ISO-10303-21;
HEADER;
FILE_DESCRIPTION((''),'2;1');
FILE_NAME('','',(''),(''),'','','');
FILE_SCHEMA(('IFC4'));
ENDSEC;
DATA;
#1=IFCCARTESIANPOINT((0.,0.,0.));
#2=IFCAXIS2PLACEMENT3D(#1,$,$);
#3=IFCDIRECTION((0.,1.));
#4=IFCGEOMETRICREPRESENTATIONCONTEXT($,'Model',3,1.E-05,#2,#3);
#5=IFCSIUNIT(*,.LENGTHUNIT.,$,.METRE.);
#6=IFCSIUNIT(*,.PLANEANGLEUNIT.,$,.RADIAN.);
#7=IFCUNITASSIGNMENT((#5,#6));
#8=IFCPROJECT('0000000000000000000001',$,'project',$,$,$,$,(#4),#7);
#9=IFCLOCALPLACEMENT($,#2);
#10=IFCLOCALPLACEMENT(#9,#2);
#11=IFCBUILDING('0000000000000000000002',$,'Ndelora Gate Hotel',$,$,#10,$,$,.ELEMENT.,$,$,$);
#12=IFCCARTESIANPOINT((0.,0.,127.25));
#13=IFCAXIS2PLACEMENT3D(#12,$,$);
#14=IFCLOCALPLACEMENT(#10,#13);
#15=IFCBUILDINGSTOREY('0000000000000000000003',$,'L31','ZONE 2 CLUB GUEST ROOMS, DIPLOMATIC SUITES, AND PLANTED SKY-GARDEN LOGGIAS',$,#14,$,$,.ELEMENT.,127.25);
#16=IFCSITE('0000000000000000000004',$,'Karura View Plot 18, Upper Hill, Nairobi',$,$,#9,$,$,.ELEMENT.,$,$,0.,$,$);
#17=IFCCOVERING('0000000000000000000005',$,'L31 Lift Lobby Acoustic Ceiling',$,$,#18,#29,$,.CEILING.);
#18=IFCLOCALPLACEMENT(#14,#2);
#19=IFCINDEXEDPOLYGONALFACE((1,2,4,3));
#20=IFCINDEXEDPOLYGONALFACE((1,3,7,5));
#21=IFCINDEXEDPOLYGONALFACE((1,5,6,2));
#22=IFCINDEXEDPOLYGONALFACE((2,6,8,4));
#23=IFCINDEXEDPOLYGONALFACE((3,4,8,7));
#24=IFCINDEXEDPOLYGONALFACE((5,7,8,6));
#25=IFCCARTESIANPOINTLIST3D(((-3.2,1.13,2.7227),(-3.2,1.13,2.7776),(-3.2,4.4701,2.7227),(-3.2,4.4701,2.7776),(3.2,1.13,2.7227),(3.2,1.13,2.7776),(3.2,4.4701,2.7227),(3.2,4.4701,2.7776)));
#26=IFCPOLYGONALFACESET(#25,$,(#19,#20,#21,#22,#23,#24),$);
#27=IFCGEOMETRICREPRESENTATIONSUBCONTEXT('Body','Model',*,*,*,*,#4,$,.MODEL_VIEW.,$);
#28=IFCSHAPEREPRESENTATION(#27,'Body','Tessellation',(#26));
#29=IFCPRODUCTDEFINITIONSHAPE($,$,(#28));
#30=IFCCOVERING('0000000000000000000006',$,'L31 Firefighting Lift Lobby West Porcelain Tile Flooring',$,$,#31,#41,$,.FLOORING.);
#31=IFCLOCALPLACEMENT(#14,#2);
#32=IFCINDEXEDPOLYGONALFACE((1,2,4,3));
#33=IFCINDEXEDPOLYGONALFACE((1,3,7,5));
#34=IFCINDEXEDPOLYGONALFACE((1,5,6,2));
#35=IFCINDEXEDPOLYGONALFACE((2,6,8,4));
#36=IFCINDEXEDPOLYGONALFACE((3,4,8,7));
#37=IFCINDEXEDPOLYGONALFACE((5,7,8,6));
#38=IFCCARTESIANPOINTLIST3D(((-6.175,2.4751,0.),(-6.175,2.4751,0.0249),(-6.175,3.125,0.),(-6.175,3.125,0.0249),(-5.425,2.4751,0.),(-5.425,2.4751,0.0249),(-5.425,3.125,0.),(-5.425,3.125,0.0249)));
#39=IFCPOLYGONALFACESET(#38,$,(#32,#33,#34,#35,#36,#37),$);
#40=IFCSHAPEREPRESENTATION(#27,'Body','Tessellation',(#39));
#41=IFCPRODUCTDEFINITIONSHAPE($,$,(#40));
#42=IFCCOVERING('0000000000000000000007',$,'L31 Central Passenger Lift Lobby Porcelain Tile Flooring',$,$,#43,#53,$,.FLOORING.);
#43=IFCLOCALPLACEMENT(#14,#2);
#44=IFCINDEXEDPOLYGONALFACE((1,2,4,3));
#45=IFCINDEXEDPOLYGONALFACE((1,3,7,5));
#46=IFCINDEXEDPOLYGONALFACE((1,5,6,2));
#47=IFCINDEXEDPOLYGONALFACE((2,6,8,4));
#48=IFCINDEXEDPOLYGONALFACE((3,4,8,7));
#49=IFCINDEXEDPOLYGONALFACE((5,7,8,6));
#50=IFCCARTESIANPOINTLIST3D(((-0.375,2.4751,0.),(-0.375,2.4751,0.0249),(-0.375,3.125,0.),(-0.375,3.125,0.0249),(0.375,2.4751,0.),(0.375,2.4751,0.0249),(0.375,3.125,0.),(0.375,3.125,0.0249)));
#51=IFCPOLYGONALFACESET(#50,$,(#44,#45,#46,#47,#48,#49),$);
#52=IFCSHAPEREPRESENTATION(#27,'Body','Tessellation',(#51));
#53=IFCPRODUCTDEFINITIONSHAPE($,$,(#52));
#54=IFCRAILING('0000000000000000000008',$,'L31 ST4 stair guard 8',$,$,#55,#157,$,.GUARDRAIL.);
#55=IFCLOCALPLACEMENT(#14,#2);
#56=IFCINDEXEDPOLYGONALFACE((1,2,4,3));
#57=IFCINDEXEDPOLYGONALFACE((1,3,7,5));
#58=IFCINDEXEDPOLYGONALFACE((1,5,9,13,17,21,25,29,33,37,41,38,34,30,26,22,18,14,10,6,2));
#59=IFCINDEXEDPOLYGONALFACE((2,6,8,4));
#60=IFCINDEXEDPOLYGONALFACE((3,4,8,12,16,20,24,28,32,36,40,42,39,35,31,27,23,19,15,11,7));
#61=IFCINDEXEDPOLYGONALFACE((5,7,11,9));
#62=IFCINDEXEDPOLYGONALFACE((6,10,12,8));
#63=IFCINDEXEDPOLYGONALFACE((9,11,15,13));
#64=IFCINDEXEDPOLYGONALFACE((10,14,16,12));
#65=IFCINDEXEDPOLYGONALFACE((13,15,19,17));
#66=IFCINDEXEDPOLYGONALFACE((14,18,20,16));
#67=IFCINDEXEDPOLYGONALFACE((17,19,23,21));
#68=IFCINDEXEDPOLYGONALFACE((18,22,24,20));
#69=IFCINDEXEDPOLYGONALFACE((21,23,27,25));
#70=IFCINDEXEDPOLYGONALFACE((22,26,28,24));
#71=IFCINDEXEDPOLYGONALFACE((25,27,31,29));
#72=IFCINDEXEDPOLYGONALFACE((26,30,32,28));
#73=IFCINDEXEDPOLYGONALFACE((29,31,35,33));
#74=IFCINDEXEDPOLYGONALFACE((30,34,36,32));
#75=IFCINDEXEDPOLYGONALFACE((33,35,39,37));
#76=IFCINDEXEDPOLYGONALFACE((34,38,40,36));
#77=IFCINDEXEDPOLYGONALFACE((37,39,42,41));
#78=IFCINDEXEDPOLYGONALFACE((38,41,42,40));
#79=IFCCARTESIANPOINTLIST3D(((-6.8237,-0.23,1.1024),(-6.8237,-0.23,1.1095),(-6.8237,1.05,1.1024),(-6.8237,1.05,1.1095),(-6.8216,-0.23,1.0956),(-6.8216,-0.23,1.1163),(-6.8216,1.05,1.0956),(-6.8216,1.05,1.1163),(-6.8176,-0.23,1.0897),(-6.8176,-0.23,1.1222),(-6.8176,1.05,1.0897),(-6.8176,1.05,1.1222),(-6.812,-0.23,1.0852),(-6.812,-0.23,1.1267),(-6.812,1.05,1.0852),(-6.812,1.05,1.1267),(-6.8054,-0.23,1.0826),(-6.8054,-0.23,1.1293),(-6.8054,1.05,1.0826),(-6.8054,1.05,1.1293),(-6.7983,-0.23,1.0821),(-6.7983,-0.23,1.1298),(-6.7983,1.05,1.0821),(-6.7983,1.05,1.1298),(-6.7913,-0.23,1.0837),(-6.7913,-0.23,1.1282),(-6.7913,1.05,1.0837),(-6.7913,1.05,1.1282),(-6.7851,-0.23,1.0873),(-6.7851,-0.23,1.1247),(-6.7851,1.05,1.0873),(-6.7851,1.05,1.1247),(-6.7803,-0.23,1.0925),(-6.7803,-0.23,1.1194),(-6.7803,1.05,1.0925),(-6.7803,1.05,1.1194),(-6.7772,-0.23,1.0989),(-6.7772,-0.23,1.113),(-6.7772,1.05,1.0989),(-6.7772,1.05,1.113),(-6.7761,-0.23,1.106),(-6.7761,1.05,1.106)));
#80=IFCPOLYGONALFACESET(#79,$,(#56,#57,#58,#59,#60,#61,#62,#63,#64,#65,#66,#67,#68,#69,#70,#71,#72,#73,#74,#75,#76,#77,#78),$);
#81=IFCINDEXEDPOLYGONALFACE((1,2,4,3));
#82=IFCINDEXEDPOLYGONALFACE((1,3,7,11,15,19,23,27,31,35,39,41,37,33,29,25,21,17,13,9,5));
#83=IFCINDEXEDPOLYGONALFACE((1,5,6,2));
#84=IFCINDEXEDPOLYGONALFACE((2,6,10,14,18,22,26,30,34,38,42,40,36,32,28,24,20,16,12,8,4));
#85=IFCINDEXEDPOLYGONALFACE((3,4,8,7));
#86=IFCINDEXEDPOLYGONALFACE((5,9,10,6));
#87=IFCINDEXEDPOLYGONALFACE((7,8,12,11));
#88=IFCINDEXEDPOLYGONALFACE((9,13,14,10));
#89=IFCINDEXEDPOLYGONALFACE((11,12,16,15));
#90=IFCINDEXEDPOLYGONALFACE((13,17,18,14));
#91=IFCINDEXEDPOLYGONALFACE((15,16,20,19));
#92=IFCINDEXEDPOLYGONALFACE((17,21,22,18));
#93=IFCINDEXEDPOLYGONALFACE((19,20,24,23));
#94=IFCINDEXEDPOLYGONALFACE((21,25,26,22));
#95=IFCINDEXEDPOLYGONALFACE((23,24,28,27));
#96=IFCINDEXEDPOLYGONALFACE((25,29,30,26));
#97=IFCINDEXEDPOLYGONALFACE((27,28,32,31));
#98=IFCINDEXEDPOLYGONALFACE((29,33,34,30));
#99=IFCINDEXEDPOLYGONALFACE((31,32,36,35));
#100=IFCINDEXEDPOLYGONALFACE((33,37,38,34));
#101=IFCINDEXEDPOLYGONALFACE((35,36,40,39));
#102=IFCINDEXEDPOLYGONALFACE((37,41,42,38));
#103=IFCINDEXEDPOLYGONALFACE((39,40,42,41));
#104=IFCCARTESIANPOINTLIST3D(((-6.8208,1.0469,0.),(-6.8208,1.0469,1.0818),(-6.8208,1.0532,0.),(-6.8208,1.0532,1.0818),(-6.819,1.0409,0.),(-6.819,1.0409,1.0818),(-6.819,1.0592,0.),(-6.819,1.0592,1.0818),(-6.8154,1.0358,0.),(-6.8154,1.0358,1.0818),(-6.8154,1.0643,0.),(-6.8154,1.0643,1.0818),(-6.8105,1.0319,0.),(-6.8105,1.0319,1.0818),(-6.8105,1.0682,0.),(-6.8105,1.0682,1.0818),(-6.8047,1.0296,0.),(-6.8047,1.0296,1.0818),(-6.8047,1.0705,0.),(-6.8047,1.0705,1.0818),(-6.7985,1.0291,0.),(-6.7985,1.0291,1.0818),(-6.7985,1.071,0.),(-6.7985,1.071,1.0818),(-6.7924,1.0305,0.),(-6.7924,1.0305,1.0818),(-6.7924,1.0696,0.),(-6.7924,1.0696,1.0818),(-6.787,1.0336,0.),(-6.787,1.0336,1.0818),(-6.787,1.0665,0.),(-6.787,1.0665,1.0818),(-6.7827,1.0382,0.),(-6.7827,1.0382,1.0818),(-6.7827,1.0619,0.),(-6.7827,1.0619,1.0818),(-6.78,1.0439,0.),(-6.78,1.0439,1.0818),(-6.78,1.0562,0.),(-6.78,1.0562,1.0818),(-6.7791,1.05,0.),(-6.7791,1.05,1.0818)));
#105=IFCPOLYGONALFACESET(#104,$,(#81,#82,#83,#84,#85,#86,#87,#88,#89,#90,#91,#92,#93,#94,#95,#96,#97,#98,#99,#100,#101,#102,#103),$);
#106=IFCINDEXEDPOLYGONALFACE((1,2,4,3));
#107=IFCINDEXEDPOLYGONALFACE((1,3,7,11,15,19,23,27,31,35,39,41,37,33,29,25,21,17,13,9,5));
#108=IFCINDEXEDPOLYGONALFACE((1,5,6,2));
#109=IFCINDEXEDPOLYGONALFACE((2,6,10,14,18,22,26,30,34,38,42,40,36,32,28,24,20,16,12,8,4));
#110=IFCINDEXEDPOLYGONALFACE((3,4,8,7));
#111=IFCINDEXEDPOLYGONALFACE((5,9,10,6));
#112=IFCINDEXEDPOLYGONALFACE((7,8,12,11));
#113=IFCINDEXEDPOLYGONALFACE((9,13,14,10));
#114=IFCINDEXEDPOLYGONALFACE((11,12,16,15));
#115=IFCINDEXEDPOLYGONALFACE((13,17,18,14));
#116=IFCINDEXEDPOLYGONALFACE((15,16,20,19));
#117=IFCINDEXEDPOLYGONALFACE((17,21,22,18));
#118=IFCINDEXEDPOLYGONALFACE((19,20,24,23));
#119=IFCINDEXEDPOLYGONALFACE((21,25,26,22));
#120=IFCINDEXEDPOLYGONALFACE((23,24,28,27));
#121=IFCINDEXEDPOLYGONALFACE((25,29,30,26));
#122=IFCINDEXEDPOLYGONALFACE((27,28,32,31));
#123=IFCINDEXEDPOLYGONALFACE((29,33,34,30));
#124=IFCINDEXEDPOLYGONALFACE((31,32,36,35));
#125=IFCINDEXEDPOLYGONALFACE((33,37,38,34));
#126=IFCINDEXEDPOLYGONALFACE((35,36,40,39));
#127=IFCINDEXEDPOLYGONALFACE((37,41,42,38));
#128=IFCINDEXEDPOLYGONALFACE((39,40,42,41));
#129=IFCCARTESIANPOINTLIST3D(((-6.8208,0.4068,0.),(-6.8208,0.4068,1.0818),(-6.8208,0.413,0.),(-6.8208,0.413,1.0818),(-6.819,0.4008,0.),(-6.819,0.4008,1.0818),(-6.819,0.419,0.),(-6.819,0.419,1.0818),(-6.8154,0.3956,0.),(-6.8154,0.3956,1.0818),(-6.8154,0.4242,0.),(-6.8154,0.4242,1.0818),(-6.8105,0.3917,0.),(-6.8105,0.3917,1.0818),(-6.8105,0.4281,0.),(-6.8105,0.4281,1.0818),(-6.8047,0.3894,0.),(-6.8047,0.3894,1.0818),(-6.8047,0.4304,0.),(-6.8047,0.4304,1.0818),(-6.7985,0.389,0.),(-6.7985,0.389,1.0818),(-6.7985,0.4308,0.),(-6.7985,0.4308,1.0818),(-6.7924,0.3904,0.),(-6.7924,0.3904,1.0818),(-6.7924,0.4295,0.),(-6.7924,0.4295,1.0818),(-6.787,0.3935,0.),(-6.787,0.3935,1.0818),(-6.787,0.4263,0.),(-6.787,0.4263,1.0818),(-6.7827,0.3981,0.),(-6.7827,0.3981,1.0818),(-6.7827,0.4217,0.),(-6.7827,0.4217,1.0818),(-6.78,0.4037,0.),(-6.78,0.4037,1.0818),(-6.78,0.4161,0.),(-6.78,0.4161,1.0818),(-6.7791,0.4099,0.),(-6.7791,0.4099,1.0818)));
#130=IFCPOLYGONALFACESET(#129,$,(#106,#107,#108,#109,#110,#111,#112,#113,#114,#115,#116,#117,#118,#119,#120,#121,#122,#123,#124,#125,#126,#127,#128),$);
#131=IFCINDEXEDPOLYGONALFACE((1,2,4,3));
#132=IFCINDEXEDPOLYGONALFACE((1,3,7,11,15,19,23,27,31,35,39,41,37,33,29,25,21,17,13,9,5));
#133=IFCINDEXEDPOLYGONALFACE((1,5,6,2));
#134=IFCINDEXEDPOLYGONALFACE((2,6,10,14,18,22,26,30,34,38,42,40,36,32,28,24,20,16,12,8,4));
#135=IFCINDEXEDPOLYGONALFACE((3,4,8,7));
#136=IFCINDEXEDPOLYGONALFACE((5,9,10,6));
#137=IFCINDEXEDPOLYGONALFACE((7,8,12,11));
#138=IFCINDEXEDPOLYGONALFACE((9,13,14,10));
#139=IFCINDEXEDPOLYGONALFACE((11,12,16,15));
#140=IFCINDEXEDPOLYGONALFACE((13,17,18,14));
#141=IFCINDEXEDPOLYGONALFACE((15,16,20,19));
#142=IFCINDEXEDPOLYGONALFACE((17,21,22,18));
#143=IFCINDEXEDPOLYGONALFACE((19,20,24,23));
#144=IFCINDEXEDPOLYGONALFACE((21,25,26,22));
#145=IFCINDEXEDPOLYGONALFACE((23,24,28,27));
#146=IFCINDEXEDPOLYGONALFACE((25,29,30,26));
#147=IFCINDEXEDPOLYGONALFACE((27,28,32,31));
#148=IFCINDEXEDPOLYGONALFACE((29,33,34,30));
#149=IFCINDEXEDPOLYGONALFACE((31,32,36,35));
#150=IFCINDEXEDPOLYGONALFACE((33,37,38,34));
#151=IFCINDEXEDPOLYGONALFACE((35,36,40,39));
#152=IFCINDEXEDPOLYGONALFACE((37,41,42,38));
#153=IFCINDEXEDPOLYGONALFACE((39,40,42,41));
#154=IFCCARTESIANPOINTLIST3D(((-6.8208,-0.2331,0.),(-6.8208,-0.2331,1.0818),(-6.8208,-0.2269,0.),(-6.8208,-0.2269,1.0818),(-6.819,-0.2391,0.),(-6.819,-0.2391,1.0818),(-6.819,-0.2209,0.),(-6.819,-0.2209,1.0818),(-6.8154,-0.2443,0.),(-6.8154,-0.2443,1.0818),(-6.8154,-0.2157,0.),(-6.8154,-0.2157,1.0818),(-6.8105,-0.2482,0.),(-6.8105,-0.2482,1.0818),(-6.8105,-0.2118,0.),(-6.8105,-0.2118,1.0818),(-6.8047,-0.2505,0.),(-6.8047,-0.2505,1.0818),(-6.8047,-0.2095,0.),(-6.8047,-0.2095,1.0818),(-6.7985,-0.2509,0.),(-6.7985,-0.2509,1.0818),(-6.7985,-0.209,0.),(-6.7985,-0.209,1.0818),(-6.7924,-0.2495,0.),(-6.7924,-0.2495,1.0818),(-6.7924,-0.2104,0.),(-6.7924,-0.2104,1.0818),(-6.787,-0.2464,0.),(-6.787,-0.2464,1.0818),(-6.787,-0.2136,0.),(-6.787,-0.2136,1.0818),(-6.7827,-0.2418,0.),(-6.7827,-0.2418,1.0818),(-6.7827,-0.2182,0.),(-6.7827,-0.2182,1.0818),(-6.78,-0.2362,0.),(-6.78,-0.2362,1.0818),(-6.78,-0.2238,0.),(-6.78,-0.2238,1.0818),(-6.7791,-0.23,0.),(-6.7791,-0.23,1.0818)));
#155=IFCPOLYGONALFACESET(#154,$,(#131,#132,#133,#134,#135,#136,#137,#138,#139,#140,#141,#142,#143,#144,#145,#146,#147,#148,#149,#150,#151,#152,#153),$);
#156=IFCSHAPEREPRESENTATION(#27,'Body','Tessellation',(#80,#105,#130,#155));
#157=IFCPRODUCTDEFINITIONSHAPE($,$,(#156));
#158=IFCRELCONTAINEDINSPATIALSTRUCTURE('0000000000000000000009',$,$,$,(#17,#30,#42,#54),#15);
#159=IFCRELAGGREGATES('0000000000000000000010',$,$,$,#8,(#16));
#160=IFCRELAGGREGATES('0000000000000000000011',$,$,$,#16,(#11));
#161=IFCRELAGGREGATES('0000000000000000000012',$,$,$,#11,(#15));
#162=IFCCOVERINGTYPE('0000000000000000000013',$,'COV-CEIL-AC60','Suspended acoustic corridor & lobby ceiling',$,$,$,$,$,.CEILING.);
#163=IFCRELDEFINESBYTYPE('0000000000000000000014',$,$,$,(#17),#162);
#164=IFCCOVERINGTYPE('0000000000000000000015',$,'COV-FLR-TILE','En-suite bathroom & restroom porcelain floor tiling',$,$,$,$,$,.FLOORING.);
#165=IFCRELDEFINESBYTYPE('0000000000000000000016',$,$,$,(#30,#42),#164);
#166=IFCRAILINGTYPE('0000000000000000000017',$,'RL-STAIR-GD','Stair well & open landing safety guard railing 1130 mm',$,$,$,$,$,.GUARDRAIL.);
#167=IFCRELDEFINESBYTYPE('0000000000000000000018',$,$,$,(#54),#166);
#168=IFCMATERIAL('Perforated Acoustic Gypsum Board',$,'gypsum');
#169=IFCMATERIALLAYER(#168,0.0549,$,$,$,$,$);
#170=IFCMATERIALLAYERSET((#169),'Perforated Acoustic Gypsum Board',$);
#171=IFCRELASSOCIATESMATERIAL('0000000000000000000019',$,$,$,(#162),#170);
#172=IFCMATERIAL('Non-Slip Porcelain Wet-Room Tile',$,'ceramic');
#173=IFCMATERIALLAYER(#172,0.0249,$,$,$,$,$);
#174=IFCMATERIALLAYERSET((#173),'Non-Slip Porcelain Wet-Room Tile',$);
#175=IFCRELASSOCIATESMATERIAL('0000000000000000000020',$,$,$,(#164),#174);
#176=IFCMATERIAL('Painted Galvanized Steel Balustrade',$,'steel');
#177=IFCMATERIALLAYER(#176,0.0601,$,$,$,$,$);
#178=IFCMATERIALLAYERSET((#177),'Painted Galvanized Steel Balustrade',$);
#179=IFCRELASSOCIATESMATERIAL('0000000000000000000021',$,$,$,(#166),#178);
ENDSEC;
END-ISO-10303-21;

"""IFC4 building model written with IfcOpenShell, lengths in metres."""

from ifc_helpers import new_model, si_unit, direction, frame, origin, origin_2d, place, context, subcontext, project, spatial, rectangle, circle, extrude, material, layer, layer_set, type_object, element, save


model = new_model("IFC4")

# Units and contexts
model_context = context("Model", 3, precision=1e-05, world=origin(), true_north=direction((0.0, 1.0)))
body_context = subcontext(model_context, "Body", "Model", "MODEL_VIEW")
ifc_project = project(units=[si_unit("LENGTHUNIT", "METRE"), si_unit("PLANEANGLEUNIT", "RADIAN")], contexts=[model_context])

# Site, building, storey
site_placement = place(None, origin())
site = spatial("IfcSite", under=ifc_project, at=site_placement, Name="Karura View Plot 18, Upper Hill, Nairobi", CompositionType="ELEMENT", RefElevation=0.0)
building_placement = place(site_placement, origin())
building = spatial("IfcBuilding", under=site, at=building_placement, Name="Ndelora Gate Hotel", CompositionType="ELEMENT")
storey_placement = place(building_placement, frame((0.0, 0.0, 127.25)))
storey = spatial("IfcBuildingStorey", under=building, at=storey_placement, Name="L31", Description="ZONE 2 CLUB GUEST ROOMS, DIPLOMATIC SUITES, AND PLANTED SKY-GARDEN LOGGIAS", CompositionType="ELEMENT", Elevation=127.25)

# Coverings
ifc_material_1 = material(Name="Perforated Acoustic Gypsum Board", Category="gypsum")
ifc_layer_1 = layer(ifc_material_1, 0.0549)
ifc_layer_set_1 = layer_set([ifc_layer_1], Name="Perforated Acoustic Gypsum Board")
covering_type_1 = type_object("IfcCoveringType", Name="COV-CEIL-AC60", Description="Suspended acoustic corridor & lobby ceiling", PredefinedType="CEILING", material=ifc_layer_set_1)
covering_placement = place(storey_placement, frame((0.0, 2.8, 2.7227), z_axis=(0.0, 0.0, 1.0), x_axis=(1.0, 0.0, 0.0)))
element("IfcCovering", 1, at=covering_placement, inside=storey, type_object=covering_type_1, Name="L31 Lift Lobby Acoustic Ceiling", PredefinedType="CEILING", context=body_context, shape_type="SweptSolid", body=[
    extrude(rectangle(XDim=6.3999, YDim=3.3401, at=origin_2d()), origin(), (0.0, 0.0, 1.0), 0.0549),
])
ifc_material_2 = material(Name="Non-Slip Porcelain Wet-Room Tile", Category="ceramic")
ifc_layer_2 = layer(ifc_material_2, 0.0249)
ifc_layer_set_2 = layer_set([ifc_layer_2], Name="Non-Slip Porcelain Wet-Room Tile")
covering_type_2 = type_object("IfcCoveringType", Name="COV-FLR-TILE", Description="En-suite bathroom & restroom porcelain floor tiling", PredefinedType="FLOORING", material=ifc_layer_set_2)
for number, where, z_axis, x_axis, name in (
    (2, (-5.8, 2.8, 0.0), (0.0, 0.0, 1.0), (1.0, 0.0, 0.0), "L31 Firefighting Lift Lobby West Porcelain Tile Flooring"),
    (3, (0.0, 2.8, 0.0), (0.0, 0.0, 1.0), (1.0, 0.0, 0.0), "L31 Central Passenger Lift Lobby Porcelain Tile Flooring"),
):
    element("IfcCovering", number, at=place(storey_placement, frame(where, z_axis=z_axis, x_axis=x_axis)), inside=storey, type_object=covering_type_2, Name=name, PredefinedType="FLOORING", context=body_context, shape_type="SweptSolid", body=[
        extrude(rectangle(XDim=0.75, YDim=0.6499, at=origin_2d()), origin(), (0.0, 0.0, 1.0), 0.0249),
    ])

# Railing
ifc_material_3 = material(Name="Painted Galvanized Steel Balustrade", Category="steel")
ifc_layer_3 = layer(ifc_material_3, 0.0601)
ifc_layer_set_3 = layer_set([ifc_layer_3], Name="Painted Galvanized Steel Balustrade")
railing_type = type_object("IfcRailingType", Name="RL-STAIR-GD", Description="Stair well & open landing safety guard railing 1130 mm", PredefinedType="GUARDRAIL", material=ifc_layer_set_3)
for number, where, name in (
    (4, (-6.8, 1.05, 0.0), "L31 ST4 stair guard 8"),
):
    element("IfcRailing", number, at=place(storey_placement, frame(where)), inside=storey, type_object=railing_type, Name=name, PredefinedType="GUARDRAIL", context=body_context, shape_type="SweptSolid", body=[
        extrude(circle(Radius=0.0239, at=origin_2d()), frame((0.0, 0.0, 1.106), z_axis=(0.0, -1.0, 0.0), x_axis=(1.0, 0.0, 0.0)), (0.0, 0.0, 1.0), 1.28),
        extrude(circle(Radius=0.021, at=origin_2d()), origin(), (0.0, 0.0, 1.0), 1.0818),
        extrude(circle(Radius=0.021, at=origin_2d()), frame((0.0, -0.6401, 0.0)), (0.0, 0.0, 1.0), 1.0818),
        extrude(circle(Radius=0.021, at=origin_2d()), frame((0.0, -1.28, 0.0)), (0.0, 0.0, 1.0), 1.0818),
    ])

save(model, "model.ifc")
